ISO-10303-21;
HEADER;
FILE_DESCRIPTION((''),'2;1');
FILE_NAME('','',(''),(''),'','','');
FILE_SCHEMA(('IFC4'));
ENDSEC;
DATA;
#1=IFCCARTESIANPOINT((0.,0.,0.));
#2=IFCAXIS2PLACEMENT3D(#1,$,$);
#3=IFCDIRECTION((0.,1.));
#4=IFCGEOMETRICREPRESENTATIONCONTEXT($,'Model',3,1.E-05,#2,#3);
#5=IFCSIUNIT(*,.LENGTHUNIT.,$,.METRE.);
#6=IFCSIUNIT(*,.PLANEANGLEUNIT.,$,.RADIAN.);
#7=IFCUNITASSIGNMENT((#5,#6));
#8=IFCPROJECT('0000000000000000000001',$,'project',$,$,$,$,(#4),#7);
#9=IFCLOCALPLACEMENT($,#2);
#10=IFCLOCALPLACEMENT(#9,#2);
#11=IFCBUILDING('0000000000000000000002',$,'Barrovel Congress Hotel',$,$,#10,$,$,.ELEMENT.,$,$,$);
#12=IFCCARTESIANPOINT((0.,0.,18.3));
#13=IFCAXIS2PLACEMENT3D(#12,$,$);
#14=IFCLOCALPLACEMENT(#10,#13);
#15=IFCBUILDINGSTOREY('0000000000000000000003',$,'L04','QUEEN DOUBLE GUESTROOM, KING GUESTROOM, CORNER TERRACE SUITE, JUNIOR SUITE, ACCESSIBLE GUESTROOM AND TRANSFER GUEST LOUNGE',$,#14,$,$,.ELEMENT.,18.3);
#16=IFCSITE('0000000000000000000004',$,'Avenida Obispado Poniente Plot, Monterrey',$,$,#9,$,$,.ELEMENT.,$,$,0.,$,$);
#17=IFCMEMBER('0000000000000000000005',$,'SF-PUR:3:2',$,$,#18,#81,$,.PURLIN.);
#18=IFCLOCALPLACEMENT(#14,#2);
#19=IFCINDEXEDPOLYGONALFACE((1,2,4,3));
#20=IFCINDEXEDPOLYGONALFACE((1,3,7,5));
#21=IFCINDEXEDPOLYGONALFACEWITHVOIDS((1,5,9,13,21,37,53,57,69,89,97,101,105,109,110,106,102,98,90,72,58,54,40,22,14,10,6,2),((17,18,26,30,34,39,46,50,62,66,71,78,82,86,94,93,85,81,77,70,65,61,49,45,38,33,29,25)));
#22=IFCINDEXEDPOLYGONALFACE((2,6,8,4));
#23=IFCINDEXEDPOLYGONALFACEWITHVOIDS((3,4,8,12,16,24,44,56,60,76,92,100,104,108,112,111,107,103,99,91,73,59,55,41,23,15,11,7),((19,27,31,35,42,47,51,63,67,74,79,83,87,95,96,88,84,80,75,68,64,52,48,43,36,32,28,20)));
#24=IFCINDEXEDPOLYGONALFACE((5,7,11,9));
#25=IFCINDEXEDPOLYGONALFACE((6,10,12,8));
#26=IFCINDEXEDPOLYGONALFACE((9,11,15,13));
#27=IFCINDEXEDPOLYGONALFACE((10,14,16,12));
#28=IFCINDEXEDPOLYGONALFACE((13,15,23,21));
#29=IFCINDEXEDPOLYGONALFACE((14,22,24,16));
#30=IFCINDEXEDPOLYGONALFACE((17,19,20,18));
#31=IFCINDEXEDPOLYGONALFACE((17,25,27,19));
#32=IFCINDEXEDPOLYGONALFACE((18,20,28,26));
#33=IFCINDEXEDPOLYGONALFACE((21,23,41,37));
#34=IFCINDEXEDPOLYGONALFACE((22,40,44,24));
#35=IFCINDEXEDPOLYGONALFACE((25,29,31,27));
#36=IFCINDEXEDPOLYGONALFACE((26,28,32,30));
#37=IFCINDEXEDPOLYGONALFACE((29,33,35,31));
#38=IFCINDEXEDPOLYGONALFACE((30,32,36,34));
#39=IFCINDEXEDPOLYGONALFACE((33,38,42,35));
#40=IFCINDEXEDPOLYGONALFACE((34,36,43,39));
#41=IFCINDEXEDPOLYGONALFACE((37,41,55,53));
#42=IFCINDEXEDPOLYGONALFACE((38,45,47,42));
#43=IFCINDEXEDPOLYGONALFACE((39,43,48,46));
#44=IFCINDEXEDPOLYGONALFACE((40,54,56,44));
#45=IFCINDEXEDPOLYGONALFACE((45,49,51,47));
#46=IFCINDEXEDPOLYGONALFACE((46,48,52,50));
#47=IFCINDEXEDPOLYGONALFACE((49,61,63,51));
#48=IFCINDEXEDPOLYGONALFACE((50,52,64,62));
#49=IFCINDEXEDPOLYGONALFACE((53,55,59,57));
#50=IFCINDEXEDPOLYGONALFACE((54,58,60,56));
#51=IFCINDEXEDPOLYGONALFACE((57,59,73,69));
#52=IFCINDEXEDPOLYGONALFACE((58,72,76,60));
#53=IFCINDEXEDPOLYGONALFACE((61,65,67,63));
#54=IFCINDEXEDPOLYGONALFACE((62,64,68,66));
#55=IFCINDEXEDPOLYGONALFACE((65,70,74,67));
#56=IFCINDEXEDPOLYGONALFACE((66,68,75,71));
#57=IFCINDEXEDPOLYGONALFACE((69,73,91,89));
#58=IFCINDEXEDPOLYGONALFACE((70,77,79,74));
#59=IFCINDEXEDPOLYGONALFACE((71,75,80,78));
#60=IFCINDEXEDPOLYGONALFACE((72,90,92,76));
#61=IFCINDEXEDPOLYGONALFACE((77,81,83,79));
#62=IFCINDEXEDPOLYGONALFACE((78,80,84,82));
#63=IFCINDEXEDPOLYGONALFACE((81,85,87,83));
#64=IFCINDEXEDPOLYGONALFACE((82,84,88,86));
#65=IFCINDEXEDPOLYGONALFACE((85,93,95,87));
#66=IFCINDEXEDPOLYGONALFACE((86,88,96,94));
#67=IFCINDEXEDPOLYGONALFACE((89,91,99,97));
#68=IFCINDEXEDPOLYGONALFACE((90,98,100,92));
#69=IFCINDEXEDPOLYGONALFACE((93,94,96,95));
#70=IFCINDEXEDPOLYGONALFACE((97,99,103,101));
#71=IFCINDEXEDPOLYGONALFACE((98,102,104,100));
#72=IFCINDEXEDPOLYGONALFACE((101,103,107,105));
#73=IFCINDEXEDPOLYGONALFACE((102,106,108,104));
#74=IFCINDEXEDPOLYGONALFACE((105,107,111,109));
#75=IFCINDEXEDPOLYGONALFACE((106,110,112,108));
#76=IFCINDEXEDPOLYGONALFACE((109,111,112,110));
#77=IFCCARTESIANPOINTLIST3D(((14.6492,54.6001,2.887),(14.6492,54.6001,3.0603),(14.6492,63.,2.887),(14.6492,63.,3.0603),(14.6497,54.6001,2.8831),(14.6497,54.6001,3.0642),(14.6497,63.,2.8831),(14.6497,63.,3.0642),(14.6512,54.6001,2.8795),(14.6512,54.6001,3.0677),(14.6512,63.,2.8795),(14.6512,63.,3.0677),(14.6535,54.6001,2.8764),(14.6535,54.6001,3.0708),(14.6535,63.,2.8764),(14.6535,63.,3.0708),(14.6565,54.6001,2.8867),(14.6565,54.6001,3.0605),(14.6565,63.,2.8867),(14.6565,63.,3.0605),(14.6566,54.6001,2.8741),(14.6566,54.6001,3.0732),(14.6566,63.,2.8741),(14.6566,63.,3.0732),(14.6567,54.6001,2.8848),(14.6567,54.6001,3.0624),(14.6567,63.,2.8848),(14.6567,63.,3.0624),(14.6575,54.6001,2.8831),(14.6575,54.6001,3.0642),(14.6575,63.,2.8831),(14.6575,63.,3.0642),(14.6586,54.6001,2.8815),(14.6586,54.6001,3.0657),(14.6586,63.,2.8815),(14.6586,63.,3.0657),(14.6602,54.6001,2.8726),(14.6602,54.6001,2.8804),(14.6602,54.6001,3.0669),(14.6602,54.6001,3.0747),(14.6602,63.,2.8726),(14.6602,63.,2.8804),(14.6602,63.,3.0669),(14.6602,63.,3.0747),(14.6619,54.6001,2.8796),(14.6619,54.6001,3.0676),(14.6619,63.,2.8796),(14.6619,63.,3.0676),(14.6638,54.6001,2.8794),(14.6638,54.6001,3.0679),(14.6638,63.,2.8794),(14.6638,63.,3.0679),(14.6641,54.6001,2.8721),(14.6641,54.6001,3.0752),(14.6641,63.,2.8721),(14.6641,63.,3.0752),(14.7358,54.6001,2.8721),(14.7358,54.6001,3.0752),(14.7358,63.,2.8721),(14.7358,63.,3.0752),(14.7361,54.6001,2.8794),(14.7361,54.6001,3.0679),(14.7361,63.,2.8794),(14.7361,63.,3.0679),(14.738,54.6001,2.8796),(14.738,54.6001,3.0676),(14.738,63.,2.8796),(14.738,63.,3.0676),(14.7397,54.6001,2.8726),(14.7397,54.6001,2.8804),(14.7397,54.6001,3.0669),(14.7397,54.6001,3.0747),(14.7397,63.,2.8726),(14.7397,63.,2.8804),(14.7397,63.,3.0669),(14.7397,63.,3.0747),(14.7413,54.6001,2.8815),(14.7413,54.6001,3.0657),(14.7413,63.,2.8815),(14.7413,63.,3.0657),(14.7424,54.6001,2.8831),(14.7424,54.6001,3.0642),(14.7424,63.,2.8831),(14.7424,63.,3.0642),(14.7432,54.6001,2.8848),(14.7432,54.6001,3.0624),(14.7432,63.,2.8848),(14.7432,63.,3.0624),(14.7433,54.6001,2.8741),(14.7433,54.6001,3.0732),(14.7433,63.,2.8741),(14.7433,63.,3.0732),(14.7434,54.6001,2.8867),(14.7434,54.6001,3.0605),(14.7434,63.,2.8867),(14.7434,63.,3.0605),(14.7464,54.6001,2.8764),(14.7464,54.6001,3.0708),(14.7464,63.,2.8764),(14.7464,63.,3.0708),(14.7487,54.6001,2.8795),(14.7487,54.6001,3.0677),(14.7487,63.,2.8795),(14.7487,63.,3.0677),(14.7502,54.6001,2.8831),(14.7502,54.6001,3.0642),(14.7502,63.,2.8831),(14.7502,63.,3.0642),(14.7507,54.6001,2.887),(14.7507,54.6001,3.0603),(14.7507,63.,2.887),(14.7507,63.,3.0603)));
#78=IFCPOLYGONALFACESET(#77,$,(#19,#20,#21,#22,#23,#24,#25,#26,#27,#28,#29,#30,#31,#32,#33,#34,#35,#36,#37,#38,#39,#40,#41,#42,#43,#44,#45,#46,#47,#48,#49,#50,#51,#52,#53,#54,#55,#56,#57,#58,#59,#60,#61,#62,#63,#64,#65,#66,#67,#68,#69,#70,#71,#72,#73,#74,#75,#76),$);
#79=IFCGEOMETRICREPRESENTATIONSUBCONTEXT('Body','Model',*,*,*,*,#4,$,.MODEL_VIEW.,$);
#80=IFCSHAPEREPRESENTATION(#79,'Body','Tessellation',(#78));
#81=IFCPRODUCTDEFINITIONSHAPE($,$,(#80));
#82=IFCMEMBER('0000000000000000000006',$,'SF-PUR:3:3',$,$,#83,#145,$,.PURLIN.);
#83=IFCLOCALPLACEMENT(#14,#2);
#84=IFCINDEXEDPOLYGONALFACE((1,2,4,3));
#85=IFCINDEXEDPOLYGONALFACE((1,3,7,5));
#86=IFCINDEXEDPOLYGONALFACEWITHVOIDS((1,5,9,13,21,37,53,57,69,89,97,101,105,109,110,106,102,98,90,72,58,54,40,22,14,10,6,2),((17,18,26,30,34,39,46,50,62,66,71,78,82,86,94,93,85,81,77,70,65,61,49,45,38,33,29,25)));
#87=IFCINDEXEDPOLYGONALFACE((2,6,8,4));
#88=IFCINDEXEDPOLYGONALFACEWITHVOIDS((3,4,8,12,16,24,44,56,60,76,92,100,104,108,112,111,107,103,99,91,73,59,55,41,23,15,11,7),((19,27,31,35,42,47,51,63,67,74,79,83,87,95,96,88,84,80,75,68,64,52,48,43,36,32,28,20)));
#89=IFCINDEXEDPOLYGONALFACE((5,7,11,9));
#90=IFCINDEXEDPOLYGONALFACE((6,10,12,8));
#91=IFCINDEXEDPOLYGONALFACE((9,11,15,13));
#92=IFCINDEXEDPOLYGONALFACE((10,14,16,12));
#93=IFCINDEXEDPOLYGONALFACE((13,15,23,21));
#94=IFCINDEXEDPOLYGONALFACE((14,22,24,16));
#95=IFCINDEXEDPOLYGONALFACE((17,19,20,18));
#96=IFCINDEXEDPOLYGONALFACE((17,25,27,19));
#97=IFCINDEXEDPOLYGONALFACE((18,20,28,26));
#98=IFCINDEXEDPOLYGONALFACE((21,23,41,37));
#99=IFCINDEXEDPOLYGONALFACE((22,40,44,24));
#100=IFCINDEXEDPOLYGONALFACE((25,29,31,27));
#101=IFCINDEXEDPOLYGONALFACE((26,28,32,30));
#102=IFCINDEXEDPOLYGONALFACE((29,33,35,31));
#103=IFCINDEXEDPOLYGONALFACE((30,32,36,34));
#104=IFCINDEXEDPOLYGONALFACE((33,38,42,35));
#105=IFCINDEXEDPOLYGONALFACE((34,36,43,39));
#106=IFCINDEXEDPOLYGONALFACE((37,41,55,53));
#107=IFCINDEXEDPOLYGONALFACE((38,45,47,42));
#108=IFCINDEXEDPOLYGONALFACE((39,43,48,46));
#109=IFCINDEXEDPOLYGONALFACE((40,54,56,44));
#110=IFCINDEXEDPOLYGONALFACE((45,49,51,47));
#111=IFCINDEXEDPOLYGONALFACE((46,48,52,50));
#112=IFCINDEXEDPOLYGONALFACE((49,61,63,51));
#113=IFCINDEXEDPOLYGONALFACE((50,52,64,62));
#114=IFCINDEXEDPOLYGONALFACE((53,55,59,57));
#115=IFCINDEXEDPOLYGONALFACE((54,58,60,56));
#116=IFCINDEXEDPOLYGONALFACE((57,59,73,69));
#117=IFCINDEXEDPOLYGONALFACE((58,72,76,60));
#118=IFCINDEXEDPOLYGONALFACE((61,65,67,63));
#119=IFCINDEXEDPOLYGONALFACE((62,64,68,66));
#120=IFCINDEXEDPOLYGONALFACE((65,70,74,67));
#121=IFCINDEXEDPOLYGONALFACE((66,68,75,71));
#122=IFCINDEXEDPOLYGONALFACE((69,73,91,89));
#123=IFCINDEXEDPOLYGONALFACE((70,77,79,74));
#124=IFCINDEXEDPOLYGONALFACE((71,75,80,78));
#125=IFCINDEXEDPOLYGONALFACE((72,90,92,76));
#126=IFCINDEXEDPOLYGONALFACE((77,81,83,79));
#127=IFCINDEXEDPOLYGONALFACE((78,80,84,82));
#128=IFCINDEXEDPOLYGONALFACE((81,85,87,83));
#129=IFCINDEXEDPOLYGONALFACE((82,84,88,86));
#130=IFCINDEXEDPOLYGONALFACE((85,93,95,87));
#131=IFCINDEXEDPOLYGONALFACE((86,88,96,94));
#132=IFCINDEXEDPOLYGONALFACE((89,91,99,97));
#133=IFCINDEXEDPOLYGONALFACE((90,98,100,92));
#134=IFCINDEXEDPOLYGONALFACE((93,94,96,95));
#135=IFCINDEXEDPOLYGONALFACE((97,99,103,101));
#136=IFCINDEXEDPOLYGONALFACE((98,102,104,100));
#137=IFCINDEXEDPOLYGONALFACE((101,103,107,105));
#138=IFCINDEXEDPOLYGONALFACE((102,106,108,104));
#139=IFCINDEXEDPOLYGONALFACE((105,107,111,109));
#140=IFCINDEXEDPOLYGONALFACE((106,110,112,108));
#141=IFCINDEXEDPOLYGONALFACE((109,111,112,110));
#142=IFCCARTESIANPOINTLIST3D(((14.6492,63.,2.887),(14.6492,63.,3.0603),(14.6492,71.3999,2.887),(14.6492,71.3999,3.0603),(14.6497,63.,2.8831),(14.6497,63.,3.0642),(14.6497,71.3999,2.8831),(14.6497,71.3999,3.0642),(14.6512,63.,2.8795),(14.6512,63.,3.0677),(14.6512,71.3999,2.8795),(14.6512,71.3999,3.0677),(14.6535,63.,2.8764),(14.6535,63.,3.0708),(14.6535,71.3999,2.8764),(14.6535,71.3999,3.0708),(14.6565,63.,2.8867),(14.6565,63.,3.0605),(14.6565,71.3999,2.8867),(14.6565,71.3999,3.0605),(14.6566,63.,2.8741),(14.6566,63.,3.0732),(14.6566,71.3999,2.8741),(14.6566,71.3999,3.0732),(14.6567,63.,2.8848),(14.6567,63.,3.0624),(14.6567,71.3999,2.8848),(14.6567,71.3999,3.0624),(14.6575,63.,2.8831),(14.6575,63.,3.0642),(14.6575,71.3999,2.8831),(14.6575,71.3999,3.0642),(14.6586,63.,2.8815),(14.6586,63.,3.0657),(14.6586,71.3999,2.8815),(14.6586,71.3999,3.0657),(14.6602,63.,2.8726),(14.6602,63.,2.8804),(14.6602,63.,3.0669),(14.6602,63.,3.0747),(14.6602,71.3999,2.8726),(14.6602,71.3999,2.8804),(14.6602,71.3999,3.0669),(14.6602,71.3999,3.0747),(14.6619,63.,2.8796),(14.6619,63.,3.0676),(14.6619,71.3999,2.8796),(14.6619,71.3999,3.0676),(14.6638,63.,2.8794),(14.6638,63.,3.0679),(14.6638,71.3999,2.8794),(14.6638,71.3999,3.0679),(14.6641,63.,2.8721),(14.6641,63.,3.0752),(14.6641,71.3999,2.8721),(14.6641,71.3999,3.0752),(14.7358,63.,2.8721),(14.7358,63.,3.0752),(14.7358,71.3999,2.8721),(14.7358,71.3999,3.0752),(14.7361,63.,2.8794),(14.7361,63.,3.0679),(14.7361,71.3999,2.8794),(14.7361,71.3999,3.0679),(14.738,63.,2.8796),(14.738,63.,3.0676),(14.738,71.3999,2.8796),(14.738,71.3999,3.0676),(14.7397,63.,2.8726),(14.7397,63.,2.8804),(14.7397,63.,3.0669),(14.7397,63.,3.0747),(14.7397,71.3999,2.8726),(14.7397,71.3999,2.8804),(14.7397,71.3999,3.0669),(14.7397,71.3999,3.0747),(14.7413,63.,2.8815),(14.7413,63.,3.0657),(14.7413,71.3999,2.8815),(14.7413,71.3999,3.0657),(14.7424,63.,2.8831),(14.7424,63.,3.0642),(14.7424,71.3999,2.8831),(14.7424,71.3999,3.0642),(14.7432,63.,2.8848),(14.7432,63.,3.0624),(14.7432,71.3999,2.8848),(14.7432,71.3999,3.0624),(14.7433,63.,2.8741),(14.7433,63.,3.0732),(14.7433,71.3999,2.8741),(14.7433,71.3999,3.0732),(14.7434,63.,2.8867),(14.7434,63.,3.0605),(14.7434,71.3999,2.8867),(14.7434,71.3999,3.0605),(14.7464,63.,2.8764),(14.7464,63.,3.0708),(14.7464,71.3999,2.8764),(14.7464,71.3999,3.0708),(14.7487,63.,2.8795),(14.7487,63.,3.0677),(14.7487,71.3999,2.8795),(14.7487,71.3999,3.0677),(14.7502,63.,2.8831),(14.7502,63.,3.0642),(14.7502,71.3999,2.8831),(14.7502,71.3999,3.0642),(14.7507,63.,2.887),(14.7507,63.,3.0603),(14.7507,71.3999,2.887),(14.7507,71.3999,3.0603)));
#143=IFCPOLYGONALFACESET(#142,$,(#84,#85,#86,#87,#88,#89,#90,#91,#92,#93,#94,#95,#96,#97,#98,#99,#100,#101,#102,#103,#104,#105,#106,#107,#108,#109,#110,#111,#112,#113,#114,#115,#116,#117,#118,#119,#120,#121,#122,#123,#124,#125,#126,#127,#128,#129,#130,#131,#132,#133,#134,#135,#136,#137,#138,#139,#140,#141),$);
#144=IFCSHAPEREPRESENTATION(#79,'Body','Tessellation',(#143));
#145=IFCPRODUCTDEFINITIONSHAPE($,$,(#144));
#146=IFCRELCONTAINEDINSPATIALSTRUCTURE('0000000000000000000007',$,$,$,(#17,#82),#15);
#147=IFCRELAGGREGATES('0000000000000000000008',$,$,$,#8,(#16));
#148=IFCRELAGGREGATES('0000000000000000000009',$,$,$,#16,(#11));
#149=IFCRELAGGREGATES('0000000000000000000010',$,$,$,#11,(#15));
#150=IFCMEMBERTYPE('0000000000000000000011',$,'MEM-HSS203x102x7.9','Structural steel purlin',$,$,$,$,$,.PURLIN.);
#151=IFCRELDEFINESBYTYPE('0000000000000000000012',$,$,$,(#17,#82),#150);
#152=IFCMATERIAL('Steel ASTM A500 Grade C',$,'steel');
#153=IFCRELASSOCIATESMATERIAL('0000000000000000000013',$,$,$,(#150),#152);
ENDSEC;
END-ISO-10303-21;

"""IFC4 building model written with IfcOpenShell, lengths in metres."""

from ifc_helpers import new_model, si_unit, direction, frame, origin, origin_2d, place, context, subcontext, project, spatial, hollow_rectangle, extrude, material, material_profile, profile_set, type_object, element, save


model = new_model("IFC4")

# Units and contexts
model_context = context("Model", 3, precision=1e-05, world=origin(), true_north=direction((0.0, 1.0)))
body_context = subcontext(model_context, "Body", "Model", "MODEL_VIEW")
ifc_project = project(units=[si_unit("LENGTHUNIT", "METRE"), si_unit("PLANEANGLEUNIT", "RADIAN")], contexts=[model_context])

# Site, building, storey
site_placement = place(None, origin())
site = spatial("IfcSite", under=ifc_project, at=site_placement, Name="Avenida Obispado Poniente Plot, Monterrey", CompositionType="ELEMENT", RefElevation=0.0)
building_placement = place(site_placement, origin())
building = spatial("IfcBuilding", under=site, at=building_placement, Name="Barrovel Congress Hotel", CompositionType="ELEMENT")
storey_placement = place(building_placement, frame((0.0, 0.0, 18.3)))
storey = spatial("IfcBuildingStorey", under=building, at=storey_placement, Name="L04", Description="QUEEN DOUBLE GUESTROOM, KING GUESTROOM, CORNER TERRACE SUITE, JUNIOR SUITE, ACCESSIBLE GUESTROOM AND TRANSFER GUEST LOUNGE", CompositionType="ELEMENT", Elevation=18.3)

# Members
ifc_material_1 = material(Name="Steel ASTM A500 Grade C", Category="steel")
ifc_material_profile_1 = material_profile(ifc_material_1, hollow_rectangle(XDim=0.1016, YDim=0.2031, WallThickness=0.0073, InnerFilletRadius=0.0073, OuterFilletRadius=0.0149, at=origin_2d()), Name="HSS203x102x7.9")
ifc_profile_set_1 = profile_set([ifc_material_profile_1], Name="Steel ASTM A500 Grade C")
member_type_1 = type_object("IfcMemberType", Name="MEM-HSS203x102x7.9", Description="Structural steel purlin", PredefinedType="PURLIN", material=ifc_profile_set_1)
for number, where, z_axis, x_axis, name in (
    (1, (14.7, 54.6001, 2.9736), (0.0, 1.0, 0.0), (-1.0, 0.0, 0.0), "SF-PUR:3:2"),
    (2, (14.7, 63.0, 2.9736), (0.0, 1.0, 0.0), (-1.0, 0.0, 0.0), "SF-PUR:3:3"),
):
    element("IfcMember", number, at=place(storey_placement, frame(where, z_axis=z_axis, x_axis=x_axis)), inside=storey, type_object=member_type_1, Name=name, PredefinedType="PURLIN", context=body_context, shape_type="SweptSolid", body=[
        extrude(hollow_rectangle(XDim=0.1016, YDim=0.2031, WallThickness=0.0073, InnerFilletRadius=0.0073, OuterFilletRadius=0.0149, at=origin_2d()), origin(), (0.0, 0.0, 1.0), 8.3999),
    ])

save(model, "model.ifc")
